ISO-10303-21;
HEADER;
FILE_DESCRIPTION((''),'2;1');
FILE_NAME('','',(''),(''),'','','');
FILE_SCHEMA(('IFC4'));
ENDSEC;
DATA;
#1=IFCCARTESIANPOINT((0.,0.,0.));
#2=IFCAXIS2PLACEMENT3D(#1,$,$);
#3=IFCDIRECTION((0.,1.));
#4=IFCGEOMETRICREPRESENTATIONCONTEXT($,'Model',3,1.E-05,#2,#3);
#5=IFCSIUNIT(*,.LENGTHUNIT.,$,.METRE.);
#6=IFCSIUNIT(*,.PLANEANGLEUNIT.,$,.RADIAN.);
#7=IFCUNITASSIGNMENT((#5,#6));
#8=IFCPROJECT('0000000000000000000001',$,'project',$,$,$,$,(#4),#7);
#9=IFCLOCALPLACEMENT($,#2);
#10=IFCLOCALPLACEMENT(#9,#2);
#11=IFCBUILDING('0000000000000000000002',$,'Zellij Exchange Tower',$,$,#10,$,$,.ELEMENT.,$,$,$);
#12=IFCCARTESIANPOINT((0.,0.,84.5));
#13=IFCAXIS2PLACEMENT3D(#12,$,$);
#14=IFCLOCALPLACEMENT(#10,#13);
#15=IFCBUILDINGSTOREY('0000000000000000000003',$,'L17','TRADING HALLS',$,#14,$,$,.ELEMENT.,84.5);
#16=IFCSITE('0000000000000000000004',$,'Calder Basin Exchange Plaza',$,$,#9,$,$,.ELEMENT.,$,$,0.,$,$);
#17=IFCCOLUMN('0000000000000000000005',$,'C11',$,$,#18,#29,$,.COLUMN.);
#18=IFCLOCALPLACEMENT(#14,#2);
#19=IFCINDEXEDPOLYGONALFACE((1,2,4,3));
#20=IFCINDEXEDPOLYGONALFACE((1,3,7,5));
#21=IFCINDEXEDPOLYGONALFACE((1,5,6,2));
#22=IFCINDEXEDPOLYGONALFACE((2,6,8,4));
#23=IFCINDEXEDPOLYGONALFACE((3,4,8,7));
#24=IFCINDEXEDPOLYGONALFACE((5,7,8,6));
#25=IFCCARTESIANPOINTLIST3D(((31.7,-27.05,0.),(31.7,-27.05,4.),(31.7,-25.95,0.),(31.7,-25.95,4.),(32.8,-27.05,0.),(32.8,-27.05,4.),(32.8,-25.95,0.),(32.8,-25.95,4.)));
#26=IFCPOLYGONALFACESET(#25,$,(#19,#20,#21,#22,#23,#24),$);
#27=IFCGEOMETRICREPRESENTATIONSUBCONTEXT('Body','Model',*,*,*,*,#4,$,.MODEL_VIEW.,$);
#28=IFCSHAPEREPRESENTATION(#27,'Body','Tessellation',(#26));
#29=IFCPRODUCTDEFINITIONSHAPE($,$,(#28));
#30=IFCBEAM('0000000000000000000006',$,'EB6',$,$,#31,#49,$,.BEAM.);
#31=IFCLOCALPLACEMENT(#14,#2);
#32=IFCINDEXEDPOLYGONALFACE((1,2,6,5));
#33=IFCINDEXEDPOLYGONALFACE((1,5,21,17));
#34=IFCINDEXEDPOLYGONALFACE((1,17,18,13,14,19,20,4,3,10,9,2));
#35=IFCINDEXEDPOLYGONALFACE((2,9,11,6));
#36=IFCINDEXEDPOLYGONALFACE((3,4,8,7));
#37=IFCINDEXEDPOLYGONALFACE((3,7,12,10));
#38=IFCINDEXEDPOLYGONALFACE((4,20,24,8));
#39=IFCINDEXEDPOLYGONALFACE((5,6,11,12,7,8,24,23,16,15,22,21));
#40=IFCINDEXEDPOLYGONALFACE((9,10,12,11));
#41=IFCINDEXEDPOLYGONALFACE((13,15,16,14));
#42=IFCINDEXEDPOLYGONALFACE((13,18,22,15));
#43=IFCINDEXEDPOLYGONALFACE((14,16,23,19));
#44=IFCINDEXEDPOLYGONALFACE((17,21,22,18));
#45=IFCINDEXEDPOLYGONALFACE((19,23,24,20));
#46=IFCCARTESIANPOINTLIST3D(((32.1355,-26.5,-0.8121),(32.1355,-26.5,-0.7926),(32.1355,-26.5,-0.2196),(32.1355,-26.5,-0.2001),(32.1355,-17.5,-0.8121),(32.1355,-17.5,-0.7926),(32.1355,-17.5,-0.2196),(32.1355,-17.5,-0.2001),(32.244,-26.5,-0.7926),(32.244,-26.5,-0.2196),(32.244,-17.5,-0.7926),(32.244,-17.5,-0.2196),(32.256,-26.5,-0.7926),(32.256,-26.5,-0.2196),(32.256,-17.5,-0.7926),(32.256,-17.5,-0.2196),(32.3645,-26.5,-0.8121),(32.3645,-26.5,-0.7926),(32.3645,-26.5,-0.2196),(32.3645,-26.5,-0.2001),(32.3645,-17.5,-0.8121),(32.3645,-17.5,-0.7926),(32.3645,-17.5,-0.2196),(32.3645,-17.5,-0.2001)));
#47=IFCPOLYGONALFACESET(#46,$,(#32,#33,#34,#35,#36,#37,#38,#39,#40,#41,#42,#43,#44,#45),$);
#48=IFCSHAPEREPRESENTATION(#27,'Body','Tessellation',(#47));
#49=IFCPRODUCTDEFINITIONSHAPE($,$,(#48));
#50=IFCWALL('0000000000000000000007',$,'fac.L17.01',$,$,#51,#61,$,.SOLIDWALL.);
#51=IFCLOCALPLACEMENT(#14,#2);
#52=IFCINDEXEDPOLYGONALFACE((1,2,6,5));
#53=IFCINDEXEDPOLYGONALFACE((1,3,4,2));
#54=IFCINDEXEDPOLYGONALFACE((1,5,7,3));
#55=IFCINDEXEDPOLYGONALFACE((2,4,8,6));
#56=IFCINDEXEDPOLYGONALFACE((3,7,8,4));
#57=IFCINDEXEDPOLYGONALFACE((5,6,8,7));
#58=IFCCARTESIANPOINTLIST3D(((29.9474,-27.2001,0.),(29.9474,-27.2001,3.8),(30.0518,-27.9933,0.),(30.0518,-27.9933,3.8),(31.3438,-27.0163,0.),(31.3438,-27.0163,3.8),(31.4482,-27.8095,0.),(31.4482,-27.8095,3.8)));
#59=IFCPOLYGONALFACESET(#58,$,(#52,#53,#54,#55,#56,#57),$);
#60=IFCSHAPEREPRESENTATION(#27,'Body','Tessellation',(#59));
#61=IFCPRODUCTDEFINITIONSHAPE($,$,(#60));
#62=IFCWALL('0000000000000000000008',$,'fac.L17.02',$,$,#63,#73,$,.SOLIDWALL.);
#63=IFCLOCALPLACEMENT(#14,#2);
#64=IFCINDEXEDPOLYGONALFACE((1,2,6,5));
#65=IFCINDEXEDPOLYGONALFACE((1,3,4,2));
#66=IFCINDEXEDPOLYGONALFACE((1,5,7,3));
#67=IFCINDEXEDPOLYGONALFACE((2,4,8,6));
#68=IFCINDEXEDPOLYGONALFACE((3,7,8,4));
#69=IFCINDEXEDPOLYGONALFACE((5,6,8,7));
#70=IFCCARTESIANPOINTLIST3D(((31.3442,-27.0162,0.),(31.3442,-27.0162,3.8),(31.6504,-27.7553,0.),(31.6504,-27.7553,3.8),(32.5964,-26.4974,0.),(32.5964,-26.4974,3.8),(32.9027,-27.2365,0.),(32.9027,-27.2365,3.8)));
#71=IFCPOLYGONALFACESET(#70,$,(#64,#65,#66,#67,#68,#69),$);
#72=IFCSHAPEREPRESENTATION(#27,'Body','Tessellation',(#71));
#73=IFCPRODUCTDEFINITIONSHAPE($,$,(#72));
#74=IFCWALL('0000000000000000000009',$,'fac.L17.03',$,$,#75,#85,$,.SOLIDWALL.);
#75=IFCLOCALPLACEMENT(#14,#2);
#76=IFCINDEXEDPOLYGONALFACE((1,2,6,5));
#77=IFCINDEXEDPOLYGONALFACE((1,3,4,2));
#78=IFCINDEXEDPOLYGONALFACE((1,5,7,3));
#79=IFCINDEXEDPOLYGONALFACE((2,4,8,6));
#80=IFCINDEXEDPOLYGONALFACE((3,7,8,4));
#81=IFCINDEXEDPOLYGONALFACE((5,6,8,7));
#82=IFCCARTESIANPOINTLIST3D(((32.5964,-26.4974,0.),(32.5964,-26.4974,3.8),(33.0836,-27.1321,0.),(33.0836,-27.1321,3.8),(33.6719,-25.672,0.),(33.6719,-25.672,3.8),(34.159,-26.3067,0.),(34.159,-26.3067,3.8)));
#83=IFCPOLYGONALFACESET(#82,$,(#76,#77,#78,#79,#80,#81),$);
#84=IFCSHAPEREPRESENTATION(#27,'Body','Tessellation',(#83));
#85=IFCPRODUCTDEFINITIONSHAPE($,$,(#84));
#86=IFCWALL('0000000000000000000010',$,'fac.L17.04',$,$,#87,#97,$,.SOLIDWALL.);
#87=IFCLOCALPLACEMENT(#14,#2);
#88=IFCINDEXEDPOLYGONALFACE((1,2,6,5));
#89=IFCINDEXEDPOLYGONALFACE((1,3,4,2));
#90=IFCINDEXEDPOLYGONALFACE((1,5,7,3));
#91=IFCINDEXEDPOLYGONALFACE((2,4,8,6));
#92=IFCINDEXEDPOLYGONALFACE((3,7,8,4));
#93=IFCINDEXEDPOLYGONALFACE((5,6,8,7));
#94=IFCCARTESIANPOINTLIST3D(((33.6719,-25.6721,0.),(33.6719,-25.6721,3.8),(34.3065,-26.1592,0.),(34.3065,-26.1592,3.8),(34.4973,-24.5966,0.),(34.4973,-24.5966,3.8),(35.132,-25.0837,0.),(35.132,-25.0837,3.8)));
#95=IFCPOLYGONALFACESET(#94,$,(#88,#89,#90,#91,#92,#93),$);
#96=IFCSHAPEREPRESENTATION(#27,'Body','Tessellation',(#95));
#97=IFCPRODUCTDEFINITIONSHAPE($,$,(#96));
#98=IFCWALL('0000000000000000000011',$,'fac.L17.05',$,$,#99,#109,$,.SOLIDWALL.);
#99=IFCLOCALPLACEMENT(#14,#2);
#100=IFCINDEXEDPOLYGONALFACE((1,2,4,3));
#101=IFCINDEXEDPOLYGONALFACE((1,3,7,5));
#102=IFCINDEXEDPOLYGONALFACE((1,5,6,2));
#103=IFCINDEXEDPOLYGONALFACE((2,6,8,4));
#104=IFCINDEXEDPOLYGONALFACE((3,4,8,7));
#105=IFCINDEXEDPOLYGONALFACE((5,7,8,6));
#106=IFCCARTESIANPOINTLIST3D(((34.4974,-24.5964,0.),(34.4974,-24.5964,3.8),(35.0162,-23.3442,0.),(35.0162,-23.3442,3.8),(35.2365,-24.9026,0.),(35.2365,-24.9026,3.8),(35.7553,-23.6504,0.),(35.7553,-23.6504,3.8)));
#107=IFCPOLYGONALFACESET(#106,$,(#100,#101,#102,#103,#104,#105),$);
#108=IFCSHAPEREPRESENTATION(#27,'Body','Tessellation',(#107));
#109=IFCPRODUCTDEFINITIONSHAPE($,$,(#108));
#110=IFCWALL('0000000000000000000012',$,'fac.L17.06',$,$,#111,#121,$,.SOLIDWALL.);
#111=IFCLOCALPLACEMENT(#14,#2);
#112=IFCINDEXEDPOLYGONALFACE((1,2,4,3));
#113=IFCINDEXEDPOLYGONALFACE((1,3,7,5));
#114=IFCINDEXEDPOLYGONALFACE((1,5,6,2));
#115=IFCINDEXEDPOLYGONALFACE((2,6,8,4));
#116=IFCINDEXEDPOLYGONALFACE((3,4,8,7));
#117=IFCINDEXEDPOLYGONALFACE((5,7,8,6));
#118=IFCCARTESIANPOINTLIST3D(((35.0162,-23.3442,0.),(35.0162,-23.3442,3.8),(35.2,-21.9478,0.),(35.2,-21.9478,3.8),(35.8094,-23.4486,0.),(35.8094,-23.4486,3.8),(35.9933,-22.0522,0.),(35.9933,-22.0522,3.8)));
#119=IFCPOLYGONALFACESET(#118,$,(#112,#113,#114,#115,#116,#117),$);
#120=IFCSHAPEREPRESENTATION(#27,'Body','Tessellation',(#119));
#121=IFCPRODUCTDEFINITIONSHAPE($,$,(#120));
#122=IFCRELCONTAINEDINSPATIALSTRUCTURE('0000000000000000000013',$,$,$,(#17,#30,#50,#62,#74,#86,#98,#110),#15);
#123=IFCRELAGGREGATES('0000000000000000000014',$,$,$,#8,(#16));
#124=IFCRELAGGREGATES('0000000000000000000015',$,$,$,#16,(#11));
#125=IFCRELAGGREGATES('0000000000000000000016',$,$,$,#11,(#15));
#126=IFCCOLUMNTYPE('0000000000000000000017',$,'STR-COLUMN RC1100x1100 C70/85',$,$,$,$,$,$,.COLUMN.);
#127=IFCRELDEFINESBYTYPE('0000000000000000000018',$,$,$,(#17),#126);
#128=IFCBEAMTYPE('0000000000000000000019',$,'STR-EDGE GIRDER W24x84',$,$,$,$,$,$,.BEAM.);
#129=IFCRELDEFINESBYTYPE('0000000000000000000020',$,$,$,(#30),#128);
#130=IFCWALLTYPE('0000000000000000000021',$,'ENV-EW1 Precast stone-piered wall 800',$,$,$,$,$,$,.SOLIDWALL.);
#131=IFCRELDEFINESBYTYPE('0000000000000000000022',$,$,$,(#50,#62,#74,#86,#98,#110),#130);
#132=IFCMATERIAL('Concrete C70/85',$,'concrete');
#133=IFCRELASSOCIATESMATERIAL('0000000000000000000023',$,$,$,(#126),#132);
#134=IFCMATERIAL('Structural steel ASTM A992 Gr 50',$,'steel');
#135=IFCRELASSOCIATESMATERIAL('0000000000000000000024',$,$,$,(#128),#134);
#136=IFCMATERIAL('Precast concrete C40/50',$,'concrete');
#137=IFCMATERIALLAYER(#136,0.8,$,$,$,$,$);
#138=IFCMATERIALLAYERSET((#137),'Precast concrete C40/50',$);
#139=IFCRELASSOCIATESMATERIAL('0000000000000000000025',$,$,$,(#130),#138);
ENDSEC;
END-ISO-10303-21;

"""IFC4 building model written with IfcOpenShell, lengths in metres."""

from ifc_helpers import new_model, si_unit, direction, frame, frame_2d, origin, origin_2d, place, context, subcontext, project, spatial, rectangle, i_section, extrude, material, layer, layer_set, material_profile, profile_set, type_object, element, save


model = new_model("IFC4")

# Units and contexts
model_context = context("Model", 3, precision=1e-05, world=origin(), true_north=direction((0.0, 1.0)))
body_context = subcontext(model_context, "Body", "Model", "MODEL_VIEW")
ifc_project = project(units=[si_unit("LENGTHUNIT", "METRE"), si_unit("PLANEANGLEUNIT", "RADIAN")], contexts=[model_context])

# Site, building, storey
site_placement = place(None, origin())
site = spatial("IfcSite", under=ifc_project, at=site_placement, Name="Calder Basin Exchange Plaza", CompositionType="ELEMENT", RefElevation=0.0)
building_placement = place(site_placement, origin())
building = spatial("IfcBuilding", under=site, at=building_placement, Name="Zellij Exchange Tower", CompositionType="ELEMENT")
storey_placement = place(building_placement, frame((0.0, 0.0, 84.5)))
storey = spatial("IfcBuildingStorey", under=building, at=storey_placement, Name="L17", Description="TRADING HALLS", CompositionType="ELEMENT", Elevation=84.5)

# Column
ifc_material_1 = material(Name="Concrete C70/85", Category="concrete")
ifc_material_profile_1 = material_profile(ifc_material_1, rectangle(XDim=1.1001, YDim=1.1001, at=origin_2d()), Name="STR-COLUMN RC1100x1100 C70/85")
ifc_profile_set_1 = profile_set([ifc_material_profile_1], Name="Concrete C70/85")
column_type = type_object("IfcColumnType", Name="STR-COLUMN RC1100x1100 C70/85", PredefinedType="COLUMN", material=ifc_profile_set_1)
column_placement = place(storey_placement, frame((32.25, -26.5, 0.0), z_axis=(0.0, 0.0, 1.0), x_axis=(1.0, 0.0, 0.0)))
element("IfcColumn", 1, at=column_placement, inside=storey, type_object=column_type, Name="C11", PredefinedType="COLUMN", context=body_context, shape_type="SweptSolid", body=[
    extrude(rectangle(XDim=1.1001, YDim=1.1001, at=origin_2d()), origin(), (0.0, 0.0, 1.0), 4.0),
])

# Beam
ifc_material_2 = material(Name="Structural steel ASTM A992 Gr 50", Category="steel")
ifc_material_profile_2 = material_profile(ifc_material_2, i_section(OverallWidth=0.229, OverallDepth=0.6121, WebThickness=0.012, FlangeThickness=0.0195, at=origin_2d()), Name="W24x84")
ifc_profile_set_2 = profile_set([ifc_material_profile_2], Name="Structural steel ASTM A992 Gr 50")
beam_type = type_object("IfcBeamType", Name="STR-EDGE GIRDER W24x84", PredefinedType="BEAM", material=ifc_profile_set_2)
beam_placement = place(storey_placement, frame((32.25, -26.5, -0.5061), z_axis=(0.0, 1.0, 0.0), x_axis=(-1.0, 0.0, 0.0)))
element("IfcBeam", 2, at=beam_placement, inside=storey, type_object=beam_type, Name="EB6", PredefinedType="BEAM", context=body_context, shape_type="SweptSolid", body=[
    extrude(i_section(OverallWidth=0.229, OverallDepth=0.6121, WebThickness=0.012, FlangeThickness=0.0195, at=origin_2d()), origin(), (0.0, 0.0, 1.0), 9.0),
])

# Walls
ifc_material_3 = material(Name="Precast concrete C40/50", Category="concrete")
ifc_layer_1 = layer(ifc_material_3, 0.8)
ifc_layer_set_1 = layer_set([ifc_layer_1], Name="Precast concrete C40/50")
wall_type = type_object("IfcWallType", Name="ENV-EW1 Precast stone-piered wall 800", PredefinedType="SOLIDWALL", material=ifc_layer_set_1)
wall_1_placement = place(storey_placement, frame((29.9998, -27.5967, 0.0), z_axis=(0.0, 0.0, 1.0), x_axis=(0.991446, 0.130517, 0.0)))
element("IfcWall", 3, at=wall_1_placement, inside=storey, type_object=wall_type, Name="fac.L17.01", PredefinedType="SOLIDWALL", context=body_context, shape_type="SweptSolid", body=[
    extrude(rectangle(XDim=1.4084, YDim=0.8, at=frame_2d((0.7041, 0.0))), origin(), (0.0, 0.0, 1.0), 3.8),
])
wall_2_placement = place(storey_placement, frame((31.4973, -27.3857, 0.0), z_axis=(0.0, 0.0, 1.0), x_axis=(0.923848, 0.38276, 0.0)))
element("IfcWall", 4, at=wall_2_placement, inside=storey, type_object=wall_type, Name="fac.L17.02", PredefinedType="SOLIDWALL", context=body_context, shape_type="SweptSolid", body=[
    extrude(rectangle(XDim=1.3555, YDim=0.8, at=frame_2d((0.6777, 0.0))), origin(), (0.0, 0.0, 1.0), 3.8),
])
for number, where, z_axis, x_axis, name in (
    (5, (32.8401, -26.8147, 0.0), (0.0, 0.0, 1.0), (0.793273, 0.608866, 0.0), "fac.L17.03"),
    (6, (33.9893, -25.9155, 0.0), (0.0, 0.0, 1.0), (0.608866, 0.793273, 0.0), "fac.L17.04"),
):
    element("IfcWall", number, at=place(storey_placement, frame(where, z_axis=z_axis, x_axis=x_axis)), inside=storey, type_object=wall_type, Name=name, PredefinedType="SOLIDWALL", context=body_context, shape_type="SweptSolid", body=[
        extrude(rectangle(XDim=1.3557, YDim=0.8, at=frame_2d((0.6777, 0.0))), origin(), (0.0, 0.0, 1.0), 3.8),
    ])
wall_3_placement = place(storey_placement, frame((34.8669, -24.7495, 0.0), z_axis=(0.0, 0.0, 1.0), x_axis=(0.38276, 0.923848, 0.0)))
element("IfcWall", 7, at=wall_3_placement, inside=storey, type_object=wall_type, Name="fac.L17.05", PredefinedType="SOLIDWALL", context=body_context, shape_type="SweptSolid", body=[
    extrude(rectangle(XDim=1.3555, YDim=0.8, at=frame_2d((0.6777, 0.0))), origin(), (0.0, 0.0, 1.0), 3.8),
])
wall_4_placement = place(storey_placement, frame((35.4128, -23.3962, 0.0), z_axis=(0.0, 0.0, 1.0), x_axis=(0.130517, 0.991446, 0.0)))
element("IfcWall", 8, at=wall_4_placement, inside=storey, type_object=wall_type, Name="fac.L17.06", PredefinedType="SOLIDWALL", context=body_context, shape_type="SweptSolid", body=[
    extrude(rectangle(XDim=1.4084, YDim=0.8, at=frame_2d((0.7041, 0.0))), origin(), (0.0, 0.0, 1.0), 3.8),
])

save(model, "model.ifc")
